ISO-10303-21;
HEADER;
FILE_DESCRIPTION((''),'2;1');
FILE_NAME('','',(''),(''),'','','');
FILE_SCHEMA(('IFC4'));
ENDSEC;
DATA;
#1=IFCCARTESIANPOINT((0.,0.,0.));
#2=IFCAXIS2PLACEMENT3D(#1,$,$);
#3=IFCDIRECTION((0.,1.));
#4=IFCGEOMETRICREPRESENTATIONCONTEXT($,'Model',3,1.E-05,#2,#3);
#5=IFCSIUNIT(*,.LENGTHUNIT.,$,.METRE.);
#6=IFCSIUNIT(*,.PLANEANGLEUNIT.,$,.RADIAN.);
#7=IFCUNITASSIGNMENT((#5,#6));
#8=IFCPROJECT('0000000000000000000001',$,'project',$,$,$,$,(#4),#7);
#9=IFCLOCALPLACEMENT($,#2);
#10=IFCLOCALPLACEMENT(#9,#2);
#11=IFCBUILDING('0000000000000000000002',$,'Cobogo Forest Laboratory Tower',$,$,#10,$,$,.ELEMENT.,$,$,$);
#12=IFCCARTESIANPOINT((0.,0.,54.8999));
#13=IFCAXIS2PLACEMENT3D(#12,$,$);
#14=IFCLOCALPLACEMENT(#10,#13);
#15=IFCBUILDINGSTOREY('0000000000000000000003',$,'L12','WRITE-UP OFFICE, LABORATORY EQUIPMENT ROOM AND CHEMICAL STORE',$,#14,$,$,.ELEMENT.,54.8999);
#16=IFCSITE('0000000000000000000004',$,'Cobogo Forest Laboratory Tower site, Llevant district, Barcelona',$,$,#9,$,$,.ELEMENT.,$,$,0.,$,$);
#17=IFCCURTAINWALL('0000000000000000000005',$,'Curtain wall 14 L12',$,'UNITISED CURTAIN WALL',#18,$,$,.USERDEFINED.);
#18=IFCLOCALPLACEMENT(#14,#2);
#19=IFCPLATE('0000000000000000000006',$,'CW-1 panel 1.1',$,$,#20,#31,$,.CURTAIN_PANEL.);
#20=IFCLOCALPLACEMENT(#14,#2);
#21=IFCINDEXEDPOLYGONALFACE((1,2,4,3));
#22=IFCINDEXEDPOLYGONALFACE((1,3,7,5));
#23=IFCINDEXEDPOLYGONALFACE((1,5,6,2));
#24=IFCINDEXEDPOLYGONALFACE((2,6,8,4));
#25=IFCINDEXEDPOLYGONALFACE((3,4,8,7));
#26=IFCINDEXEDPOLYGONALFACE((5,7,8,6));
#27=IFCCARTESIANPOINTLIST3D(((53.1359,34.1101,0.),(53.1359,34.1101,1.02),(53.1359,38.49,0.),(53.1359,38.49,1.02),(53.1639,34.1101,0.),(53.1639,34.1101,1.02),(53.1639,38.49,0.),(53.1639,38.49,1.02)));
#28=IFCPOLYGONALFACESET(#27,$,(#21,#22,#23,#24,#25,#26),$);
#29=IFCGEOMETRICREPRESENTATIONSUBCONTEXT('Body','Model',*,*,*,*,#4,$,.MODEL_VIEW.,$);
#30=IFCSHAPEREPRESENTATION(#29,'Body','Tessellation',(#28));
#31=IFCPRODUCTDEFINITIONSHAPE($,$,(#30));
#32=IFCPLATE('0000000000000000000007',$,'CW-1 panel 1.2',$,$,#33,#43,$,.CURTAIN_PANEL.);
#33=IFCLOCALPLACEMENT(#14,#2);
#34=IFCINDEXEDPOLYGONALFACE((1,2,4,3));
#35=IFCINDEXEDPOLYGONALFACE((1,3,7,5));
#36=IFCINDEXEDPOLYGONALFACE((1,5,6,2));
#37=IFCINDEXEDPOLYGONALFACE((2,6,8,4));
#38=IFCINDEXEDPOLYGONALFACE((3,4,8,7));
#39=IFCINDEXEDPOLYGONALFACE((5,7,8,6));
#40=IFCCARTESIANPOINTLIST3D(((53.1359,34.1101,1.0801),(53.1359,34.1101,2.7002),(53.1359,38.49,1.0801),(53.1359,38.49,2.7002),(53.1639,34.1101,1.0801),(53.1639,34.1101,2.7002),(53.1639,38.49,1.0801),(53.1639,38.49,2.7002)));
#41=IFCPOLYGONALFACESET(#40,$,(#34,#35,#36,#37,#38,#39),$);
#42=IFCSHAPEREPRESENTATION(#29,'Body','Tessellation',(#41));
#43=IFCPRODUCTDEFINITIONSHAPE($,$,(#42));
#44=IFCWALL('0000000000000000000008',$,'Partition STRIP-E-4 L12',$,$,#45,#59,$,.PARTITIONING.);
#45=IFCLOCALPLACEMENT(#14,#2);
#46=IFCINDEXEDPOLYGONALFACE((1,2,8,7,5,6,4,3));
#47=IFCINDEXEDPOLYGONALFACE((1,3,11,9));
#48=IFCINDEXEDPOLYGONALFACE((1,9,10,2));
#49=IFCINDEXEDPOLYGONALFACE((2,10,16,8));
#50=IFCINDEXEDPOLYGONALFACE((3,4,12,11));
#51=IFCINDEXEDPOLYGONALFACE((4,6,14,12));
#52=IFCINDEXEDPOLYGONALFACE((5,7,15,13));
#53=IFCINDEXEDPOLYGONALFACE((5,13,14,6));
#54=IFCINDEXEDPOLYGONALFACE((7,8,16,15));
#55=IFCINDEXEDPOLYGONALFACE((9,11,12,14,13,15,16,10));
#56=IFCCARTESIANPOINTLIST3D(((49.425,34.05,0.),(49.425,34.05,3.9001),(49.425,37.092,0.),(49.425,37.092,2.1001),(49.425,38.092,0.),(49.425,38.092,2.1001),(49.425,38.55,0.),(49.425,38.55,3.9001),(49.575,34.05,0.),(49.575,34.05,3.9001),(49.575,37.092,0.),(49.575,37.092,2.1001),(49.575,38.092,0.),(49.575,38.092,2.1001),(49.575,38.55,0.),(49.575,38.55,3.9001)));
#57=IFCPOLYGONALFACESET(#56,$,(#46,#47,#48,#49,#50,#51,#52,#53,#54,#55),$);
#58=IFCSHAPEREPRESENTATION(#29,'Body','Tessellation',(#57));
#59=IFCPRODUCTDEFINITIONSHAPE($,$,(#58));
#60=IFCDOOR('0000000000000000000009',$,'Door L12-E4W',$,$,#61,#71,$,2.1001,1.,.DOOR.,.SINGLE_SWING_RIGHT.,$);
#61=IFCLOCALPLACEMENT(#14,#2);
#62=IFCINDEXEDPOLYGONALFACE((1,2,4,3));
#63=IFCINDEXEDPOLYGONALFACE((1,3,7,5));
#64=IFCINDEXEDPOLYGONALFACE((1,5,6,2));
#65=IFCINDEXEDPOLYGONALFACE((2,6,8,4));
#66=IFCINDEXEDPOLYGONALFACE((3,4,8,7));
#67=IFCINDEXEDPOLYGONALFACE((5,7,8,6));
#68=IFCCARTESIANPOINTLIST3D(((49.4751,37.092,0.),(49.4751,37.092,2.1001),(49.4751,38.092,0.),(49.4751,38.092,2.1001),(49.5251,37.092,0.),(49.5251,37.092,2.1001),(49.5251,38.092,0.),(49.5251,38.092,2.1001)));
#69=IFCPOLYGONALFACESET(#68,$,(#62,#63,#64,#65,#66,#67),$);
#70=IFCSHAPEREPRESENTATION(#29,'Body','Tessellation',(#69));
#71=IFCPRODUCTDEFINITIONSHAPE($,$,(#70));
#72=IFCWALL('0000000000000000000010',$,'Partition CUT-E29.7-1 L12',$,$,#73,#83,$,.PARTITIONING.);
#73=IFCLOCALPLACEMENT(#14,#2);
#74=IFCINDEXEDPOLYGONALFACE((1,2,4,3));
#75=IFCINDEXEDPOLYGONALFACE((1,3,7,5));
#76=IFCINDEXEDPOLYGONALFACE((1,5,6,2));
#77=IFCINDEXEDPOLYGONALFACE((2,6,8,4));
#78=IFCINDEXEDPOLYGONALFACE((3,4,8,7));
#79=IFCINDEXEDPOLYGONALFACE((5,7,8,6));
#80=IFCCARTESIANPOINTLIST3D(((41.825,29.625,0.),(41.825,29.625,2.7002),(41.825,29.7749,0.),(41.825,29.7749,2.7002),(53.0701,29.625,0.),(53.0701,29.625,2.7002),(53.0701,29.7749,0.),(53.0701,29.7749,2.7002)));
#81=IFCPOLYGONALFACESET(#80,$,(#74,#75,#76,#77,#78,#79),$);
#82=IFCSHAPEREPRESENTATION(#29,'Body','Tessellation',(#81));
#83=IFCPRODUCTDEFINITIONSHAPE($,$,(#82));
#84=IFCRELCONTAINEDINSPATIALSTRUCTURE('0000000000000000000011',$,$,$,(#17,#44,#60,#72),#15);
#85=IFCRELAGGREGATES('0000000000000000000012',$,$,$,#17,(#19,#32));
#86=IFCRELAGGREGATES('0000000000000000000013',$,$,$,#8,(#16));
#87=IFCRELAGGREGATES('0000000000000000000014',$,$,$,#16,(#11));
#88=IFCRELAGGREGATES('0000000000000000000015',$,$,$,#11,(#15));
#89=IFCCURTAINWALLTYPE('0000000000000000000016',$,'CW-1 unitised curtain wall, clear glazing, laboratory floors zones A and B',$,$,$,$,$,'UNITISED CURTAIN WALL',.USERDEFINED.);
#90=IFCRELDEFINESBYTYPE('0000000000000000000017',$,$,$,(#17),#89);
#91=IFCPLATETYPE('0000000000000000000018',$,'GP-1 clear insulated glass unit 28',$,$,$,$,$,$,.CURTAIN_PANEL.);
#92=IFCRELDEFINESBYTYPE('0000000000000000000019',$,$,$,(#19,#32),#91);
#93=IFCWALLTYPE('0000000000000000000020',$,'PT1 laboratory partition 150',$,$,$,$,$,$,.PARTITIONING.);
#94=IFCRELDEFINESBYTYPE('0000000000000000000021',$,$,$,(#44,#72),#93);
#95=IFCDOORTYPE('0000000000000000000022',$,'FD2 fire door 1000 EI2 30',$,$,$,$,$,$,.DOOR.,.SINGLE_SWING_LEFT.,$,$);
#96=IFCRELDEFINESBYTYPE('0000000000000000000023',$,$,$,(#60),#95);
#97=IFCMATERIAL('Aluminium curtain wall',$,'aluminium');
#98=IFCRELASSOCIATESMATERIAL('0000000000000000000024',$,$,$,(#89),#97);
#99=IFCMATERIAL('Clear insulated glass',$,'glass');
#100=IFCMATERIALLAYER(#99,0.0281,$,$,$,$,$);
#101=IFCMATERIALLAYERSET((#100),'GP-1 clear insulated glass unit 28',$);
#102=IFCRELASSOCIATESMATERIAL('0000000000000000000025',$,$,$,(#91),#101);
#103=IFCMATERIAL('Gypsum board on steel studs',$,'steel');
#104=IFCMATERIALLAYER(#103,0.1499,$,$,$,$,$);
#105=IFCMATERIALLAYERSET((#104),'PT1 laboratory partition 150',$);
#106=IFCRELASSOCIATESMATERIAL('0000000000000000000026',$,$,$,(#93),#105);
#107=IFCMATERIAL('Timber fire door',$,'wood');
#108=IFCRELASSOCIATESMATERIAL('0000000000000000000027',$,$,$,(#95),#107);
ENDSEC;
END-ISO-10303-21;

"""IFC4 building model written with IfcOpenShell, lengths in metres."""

from ifc_helpers import new_model, si_unit, direction, frame, frame_2d, origin, origin_2d, place, context, subcontext, project, spatial, rectangle, extrude, material, layer, layer_set, type_object, element, fill, aggregate, save


model = new_model("IFC4")

# Units and contexts
model_context = context("Model", 3, precision=1e-05, world=origin(), true_north=direction((0.0, 1.0)))
body_context = subcontext(model_context, "Body", "Model", "MODEL_VIEW")
ifc_project = project(units=[si_unit("LENGTHUNIT", "METRE"), si_unit("PLANEANGLEUNIT", "RADIAN")], contexts=[model_context])

# Site, building, storey
site_placement = place(None, origin())
site = spatial("IfcSite", under=ifc_project, at=site_placement, Name="Cobogo Forest Laboratory Tower site, Llevant district, Barcelona", CompositionType="ELEMENT", RefElevation=0.0)
building_placement = place(site_placement, origin())
building = spatial("IfcBuilding", under=site, at=building_placement, Name="Cobogo Forest Laboratory Tower", CompositionType="ELEMENT")
storey_placement = place(building_placement, frame((0.0, 0.0, 54.8999)))
storey = spatial("IfcBuildingStorey", under=building, at=storey_placement, Name="L12", Description="WRITE-UP OFFICE, LABORATORY EQUIPMENT ROOM AND CHEMICAL STORE", CompositionType="ELEMENT", Elevation=54.8999)

# Curtain wall
ifc_material_1 = material(Name="Aluminium curtain wall", Category="aluminium")
curtain_wall_type = type_object("IfcCurtainWallType", Name="CW-1 unitised curtain wall, clear glazing, laboratory floors zones A and B", ElementType="UNITISED CURTAIN WALL", PredefinedType="USERDEFINED", material=ifc_material_1)
curtain_wall_1_placement = place(storey_placement, origin())
curtain_wall_1 = element("IfcCurtainWall", 1, at=curtain_wall_1_placement, inside=storey, type_object=curtain_wall_type, Name="Curtain wall 14 L12", ObjectType="UNITISED CURTAIN WALL", PredefinedType="USERDEFINED")

# Plates
ifc_material_2 = material(Name="Clear insulated glass", Category="glass")
ifc_layer_1 = layer(ifc_material_2, 0.0281)
ifc_layer_set_1 = layer_set([ifc_layer_1], Name="GP-1 clear insulated glass unit 28")
plate_type_1 = type_object("IfcPlateType", Name="GP-1 clear insulated glass unit 28", PredefinedType="CURTAIN_PANEL", material=ifc_layer_set_1)
plate_1_placement = place(storey_placement, frame((53.1499, 36.3, 0.0), z_axis=(0.0, 0.0, 1.0), x_axis=(0.0, 1.0, 0.0)))
plate_1 = element("IfcPlate", 2, at=plate_1_placement, type_object=plate_type_1, Name="CW-1 panel 1.1", PredefinedType="CURTAIN_PANEL", context=body_context, shape_type="SweptSolid", body=[
    extrude(rectangle(XDim=4.3799, YDim=0.0281, at=origin_2d()), origin(), (0.0, 0.0, 1.0), 1.02),
])
plate_2_placement = place(storey_placement, frame((53.1499, 36.3, 1.0801), z_axis=(0.0, 0.0, 1.0), x_axis=(0.0, 1.0, 0.0)))
plate_2 = element("IfcPlate", 3, at=plate_2_placement, type_object=plate_type_1, Name="CW-1 panel 1.2", PredefinedType="CURTAIN_PANEL", context=body_context, shape_type="SweptSolid", body=[
    extrude(rectangle(XDim=4.3799, YDim=0.0281, at=origin_2d()), origin(), (0.0, 0.0, 1.0), 1.6201),
])
aggregate(curtain_wall_1, [plate_1, plate_2])

# Wall, opening, door
ifc_material_3 = material(Name="Gypsum board on steel studs", Category="steel")
ifc_layer_2 = layer(ifc_material_3, 0.1499)
ifc_layer_set_2 = layer_set([ifc_layer_2], Name="PT1 laboratory partition 150")
wall_type = type_object("IfcWallType", Name="PT1 laboratory partition 150", PredefinedType="PARTITIONING", material=ifc_layer_set_2)
wall_1_placement = place(storey_placement, frame((49.5, 34.05, 0.0), z_axis=(0.0, 0.0, 1.0), x_axis=(0.0, 1.0, 0.0)))
wall_1 = element("IfcWall", 4, at=wall_1_placement, inside=storey, type_object=wall_type, Name="Partition STRIP-E-4 L12", PredefinedType="PARTITIONING", context=body_context, shape_type="SweptSolid", body=[
    extrude(rectangle(XDim=4.5, YDim=0.1499, at=frame_2d((2.25, 0.0))), origin(), (0.0, 0.0, 1.0), 3.9001),
])
opening_placement = place(wall_1_placement, frame((3.042, 0.0, 0.0)))
opening = element("IfcOpeningElement", 5, at=opening_placement, cuts=wall_1, PredefinedType="OPENING", context=body_context, shape_type="SweptSolid", body=[
    extrude(rectangle(XDim=1.0, YDim=2.1001, at=frame_2d((0.5, 1.05))), frame((0.0, 0.085, 0.0), z_axis=(0.0, -1.0, 0.0), x_axis=(1.0, 0.0, 0.0)), (0.0, 0.0, 1.0), 0.1699),
])
ifc_material_4 = material(Name="Timber fire door", Category="wood")
door_type = type_object("IfcDoorType", Name="FD2 fire door 1000 EI2 30", OperationType="SINGLE_SWING_LEFT", PredefinedType="DOOR", material=ifc_material_4)
door_placement = place(opening_placement, origin())
door = element("IfcDoor", 6, at=door_placement, inside=storey, type_object=door_type, Name="Door L12-E4W", OperationType="SINGLE_SWING_RIGHT", OverallHeight=2.1001, OverallWidth=1.0, PredefinedType="DOOR", context=body_context, shape_type="SweptSolid", body=[
    extrude(rectangle(XDim=1.0, YDim=2.1001, at=frame_2d((0.5, 1.05))), frame((0.0, 0.0249, 0.0), z_axis=(0.0, -1.0, 0.0), x_axis=(1.0, 0.0, 0.0)), (0.0, 0.0, 1.0), 0.05),
])
fill(opening, door)

# Wall
wall_2_placement = place(storey_placement, frame((53.0701, 29.7, 0.0), z_axis=(0.0, 0.0, 1.0), x_axis=(-1.0, 0.0, 0.0)))
element("IfcWall", 7, at=wall_2_placement, inside=storey, type_object=wall_type, Name="Partition CUT-E29.7-1 L12", PredefinedType="PARTITIONING", context=body_context, shape_type="SweptSolid", body=[
    extrude(rectangle(XDim=11.2451, YDim=0.1499, at=frame_2d((5.6226, 0.0))), origin(), (0.0, 0.0, 1.0), 2.7002),
])

save(model, "model.ifc")
